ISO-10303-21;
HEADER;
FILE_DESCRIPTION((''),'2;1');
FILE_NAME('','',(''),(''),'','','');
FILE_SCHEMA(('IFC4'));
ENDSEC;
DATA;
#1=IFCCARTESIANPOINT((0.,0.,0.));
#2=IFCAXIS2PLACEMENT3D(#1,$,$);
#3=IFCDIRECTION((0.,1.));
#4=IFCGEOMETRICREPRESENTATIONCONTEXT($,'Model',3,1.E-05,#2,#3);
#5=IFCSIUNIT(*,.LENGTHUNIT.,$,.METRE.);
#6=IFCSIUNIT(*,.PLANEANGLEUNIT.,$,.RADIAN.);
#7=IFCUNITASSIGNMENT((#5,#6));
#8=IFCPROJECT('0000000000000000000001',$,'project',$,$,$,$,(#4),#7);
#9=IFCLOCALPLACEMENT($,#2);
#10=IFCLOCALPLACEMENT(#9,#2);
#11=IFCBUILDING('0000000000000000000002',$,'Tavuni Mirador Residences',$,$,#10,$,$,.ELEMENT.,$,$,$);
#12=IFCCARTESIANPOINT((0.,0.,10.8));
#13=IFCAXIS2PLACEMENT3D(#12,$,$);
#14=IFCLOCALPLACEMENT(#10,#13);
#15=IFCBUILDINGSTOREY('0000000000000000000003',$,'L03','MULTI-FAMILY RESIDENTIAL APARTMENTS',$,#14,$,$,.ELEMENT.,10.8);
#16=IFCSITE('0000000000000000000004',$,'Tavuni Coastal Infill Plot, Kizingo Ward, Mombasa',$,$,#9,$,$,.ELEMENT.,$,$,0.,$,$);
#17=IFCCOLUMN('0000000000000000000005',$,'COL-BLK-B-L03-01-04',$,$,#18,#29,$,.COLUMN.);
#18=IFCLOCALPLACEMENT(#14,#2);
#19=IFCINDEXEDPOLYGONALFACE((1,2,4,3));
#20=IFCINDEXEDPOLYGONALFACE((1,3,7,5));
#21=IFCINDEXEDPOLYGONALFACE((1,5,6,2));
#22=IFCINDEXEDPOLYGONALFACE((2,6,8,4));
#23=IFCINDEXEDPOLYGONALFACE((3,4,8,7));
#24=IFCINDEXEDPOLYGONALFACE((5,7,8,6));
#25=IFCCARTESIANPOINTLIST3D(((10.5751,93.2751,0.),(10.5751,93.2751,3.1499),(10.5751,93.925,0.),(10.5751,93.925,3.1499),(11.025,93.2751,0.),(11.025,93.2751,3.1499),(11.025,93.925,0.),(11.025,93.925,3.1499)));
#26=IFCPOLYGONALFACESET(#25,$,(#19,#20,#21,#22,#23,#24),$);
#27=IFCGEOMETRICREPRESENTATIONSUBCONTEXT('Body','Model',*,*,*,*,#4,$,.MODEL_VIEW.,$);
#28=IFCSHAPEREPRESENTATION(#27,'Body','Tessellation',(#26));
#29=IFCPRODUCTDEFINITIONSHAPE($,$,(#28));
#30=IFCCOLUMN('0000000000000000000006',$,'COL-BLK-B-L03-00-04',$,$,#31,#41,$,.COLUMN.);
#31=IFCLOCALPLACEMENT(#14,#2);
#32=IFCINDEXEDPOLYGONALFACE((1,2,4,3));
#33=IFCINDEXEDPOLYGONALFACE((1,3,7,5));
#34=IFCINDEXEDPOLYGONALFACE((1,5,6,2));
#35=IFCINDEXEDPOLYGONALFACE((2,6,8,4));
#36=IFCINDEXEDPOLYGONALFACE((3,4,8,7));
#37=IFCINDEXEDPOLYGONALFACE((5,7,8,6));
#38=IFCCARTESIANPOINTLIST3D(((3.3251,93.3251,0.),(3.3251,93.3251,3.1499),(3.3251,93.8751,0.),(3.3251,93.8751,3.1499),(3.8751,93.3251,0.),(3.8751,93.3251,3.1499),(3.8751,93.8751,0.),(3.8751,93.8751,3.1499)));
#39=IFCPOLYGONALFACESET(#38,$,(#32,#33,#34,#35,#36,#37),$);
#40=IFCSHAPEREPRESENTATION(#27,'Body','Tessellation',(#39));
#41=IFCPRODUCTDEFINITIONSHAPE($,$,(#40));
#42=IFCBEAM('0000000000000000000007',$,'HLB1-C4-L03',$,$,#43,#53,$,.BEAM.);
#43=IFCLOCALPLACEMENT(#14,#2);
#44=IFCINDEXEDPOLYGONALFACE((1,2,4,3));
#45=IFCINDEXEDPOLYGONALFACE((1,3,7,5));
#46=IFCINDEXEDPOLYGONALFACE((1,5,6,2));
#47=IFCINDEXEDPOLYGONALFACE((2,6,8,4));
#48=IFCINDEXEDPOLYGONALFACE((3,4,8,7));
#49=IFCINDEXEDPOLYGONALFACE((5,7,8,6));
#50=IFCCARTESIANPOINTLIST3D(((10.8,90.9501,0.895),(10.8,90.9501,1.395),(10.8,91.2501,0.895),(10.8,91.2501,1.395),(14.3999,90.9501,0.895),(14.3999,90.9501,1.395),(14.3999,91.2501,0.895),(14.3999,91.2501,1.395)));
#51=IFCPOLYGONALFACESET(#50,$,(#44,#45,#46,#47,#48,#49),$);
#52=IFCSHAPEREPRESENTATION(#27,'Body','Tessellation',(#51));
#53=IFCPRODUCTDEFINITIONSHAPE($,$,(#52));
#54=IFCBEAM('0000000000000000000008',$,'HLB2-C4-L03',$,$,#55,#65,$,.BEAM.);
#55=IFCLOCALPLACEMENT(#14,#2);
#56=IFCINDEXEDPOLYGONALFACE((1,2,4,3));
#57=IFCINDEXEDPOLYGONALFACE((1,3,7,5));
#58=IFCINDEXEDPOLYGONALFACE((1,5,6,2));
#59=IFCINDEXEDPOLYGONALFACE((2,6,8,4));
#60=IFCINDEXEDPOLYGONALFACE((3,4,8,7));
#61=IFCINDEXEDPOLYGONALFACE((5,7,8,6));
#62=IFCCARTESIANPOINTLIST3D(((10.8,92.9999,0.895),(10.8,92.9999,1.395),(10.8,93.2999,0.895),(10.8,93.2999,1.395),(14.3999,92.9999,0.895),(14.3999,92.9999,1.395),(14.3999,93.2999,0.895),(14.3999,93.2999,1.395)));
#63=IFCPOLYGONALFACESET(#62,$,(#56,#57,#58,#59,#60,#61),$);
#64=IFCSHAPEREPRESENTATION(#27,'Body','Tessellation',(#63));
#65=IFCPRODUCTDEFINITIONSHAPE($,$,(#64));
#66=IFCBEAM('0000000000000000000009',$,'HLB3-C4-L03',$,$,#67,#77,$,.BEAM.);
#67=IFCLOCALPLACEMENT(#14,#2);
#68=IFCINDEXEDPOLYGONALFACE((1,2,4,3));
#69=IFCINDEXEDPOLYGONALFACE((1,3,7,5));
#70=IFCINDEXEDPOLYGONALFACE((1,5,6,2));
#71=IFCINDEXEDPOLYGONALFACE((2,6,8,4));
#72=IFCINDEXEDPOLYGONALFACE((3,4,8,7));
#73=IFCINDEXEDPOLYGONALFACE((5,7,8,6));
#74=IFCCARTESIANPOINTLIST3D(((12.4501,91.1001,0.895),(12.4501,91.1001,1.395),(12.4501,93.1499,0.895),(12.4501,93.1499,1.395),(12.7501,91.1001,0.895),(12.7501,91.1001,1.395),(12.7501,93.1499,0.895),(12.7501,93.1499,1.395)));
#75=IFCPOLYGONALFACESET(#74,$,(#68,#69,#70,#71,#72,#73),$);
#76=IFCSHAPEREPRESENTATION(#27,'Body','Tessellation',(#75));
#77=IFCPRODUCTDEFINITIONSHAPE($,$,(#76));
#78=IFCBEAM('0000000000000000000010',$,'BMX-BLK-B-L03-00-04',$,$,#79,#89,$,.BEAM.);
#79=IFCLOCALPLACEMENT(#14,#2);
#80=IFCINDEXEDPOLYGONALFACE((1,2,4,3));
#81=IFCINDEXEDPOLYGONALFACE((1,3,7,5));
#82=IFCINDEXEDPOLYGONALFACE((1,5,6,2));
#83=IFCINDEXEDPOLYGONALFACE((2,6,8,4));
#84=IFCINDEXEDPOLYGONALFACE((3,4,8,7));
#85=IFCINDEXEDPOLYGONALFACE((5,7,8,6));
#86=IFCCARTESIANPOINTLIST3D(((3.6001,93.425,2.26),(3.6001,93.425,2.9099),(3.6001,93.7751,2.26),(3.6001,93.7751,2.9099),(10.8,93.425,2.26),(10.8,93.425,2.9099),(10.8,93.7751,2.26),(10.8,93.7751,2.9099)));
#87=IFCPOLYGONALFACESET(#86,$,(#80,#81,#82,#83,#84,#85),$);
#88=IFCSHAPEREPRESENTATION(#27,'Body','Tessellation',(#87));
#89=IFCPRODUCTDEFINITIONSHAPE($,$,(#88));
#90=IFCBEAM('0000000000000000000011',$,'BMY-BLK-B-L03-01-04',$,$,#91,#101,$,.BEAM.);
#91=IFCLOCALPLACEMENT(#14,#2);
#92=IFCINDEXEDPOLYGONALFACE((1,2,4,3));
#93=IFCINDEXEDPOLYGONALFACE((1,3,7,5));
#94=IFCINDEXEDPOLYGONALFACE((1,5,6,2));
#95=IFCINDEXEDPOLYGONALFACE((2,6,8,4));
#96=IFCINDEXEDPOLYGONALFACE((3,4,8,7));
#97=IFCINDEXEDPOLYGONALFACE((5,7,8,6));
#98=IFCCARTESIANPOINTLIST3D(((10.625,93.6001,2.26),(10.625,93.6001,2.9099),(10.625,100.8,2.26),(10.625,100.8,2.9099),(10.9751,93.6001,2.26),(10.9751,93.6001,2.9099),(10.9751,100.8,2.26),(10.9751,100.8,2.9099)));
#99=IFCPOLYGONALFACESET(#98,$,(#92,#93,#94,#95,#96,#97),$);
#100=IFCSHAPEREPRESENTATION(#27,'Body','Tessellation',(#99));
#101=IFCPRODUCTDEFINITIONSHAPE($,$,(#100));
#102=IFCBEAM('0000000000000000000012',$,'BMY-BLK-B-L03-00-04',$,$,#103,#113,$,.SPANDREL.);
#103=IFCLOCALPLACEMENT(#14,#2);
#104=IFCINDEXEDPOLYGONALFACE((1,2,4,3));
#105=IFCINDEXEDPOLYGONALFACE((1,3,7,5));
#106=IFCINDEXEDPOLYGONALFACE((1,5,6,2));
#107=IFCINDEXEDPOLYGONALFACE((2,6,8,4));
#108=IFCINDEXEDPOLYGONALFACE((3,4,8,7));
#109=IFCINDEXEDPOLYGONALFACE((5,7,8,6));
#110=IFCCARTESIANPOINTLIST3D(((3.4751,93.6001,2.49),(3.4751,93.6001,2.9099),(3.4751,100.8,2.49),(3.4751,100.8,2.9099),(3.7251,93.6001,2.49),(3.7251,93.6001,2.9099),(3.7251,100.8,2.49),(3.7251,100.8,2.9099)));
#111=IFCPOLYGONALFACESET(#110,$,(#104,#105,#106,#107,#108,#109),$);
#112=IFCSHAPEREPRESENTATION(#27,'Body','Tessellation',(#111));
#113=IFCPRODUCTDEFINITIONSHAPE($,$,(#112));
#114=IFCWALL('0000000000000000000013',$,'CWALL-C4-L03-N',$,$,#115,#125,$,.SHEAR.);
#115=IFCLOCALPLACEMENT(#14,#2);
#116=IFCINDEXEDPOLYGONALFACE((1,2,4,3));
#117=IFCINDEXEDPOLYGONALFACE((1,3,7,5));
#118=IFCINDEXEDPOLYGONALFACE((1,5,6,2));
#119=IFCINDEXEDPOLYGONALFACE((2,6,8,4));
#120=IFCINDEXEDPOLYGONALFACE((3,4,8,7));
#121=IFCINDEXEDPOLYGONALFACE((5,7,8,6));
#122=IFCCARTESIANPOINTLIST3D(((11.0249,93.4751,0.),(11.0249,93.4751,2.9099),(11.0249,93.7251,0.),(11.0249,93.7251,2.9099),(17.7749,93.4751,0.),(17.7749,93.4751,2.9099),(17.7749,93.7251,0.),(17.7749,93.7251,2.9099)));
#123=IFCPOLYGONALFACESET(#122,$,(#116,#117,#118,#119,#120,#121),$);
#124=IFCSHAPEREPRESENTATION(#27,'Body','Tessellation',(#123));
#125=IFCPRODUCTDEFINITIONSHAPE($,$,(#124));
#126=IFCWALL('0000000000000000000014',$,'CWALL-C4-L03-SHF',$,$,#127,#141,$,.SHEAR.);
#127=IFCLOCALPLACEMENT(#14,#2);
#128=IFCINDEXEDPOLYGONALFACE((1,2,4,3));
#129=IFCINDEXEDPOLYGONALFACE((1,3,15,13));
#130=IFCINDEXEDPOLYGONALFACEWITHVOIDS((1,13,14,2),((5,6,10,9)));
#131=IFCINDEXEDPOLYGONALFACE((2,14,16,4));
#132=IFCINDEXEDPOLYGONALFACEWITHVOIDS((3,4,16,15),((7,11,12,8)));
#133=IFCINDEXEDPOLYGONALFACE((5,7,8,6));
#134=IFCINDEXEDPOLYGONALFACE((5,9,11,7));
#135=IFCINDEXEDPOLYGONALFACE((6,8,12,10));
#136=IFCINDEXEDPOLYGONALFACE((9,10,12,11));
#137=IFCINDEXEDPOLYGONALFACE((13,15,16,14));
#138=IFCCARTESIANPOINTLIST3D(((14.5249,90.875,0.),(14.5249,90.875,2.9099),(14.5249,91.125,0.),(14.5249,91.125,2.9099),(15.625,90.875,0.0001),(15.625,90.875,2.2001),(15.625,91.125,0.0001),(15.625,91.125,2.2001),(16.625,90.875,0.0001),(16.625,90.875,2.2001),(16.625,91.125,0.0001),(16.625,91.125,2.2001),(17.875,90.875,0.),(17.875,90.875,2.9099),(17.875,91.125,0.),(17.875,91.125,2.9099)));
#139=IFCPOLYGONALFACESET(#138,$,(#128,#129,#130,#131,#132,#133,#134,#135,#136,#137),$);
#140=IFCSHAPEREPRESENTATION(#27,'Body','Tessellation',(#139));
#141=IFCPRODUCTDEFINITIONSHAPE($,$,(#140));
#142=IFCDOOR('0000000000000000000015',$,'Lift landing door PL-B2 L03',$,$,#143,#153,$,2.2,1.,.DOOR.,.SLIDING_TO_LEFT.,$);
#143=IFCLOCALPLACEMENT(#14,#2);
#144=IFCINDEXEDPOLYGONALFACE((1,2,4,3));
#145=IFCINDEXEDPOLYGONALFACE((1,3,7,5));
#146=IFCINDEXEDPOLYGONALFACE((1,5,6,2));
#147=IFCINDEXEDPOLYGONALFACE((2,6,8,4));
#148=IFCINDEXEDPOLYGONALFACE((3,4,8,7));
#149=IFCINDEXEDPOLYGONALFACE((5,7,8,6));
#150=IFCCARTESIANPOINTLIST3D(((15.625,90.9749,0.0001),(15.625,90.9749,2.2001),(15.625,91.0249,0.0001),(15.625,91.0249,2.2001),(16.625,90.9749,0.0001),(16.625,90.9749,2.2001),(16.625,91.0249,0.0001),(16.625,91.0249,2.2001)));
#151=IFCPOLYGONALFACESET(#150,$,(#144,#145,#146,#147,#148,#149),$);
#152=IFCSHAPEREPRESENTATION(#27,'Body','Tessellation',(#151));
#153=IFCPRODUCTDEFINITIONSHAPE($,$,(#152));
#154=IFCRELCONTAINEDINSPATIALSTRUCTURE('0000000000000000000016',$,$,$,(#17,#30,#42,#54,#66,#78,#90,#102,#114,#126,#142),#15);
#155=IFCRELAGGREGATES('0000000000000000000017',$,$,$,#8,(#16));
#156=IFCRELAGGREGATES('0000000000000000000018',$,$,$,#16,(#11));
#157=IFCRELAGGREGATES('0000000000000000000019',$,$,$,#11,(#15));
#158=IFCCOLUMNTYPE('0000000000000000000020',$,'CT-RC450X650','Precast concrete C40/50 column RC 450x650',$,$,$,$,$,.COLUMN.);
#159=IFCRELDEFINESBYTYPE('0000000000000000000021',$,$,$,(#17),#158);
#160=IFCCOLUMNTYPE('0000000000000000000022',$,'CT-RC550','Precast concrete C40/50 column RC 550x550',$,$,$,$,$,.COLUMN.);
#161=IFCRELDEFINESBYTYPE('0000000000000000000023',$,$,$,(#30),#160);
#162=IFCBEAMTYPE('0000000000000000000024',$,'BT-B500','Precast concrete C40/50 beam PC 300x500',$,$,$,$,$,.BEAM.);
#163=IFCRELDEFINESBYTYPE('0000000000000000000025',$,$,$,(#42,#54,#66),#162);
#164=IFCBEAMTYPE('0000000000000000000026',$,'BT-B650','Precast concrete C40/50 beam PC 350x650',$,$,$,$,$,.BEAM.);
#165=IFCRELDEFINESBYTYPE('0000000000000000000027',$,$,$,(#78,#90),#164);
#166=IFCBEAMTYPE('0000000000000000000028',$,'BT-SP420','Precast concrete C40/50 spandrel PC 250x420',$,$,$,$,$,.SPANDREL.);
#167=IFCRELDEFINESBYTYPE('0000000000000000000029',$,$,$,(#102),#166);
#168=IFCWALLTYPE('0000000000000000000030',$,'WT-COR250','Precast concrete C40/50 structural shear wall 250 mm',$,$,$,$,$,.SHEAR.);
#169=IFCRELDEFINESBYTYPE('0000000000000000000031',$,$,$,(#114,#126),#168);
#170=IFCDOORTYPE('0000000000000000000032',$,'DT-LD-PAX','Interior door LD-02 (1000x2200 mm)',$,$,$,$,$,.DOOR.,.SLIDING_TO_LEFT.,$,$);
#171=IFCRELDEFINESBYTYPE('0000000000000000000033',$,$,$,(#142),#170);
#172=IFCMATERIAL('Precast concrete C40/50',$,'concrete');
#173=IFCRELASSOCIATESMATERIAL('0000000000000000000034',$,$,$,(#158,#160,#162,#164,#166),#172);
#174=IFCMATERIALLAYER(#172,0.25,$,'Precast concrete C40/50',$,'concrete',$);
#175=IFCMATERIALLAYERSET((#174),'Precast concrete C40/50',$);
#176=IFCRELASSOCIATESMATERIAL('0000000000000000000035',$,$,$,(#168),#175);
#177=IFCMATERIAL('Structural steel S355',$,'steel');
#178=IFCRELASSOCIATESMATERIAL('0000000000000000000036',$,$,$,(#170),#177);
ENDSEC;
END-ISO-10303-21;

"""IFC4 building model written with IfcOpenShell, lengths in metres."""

from ifc_helpers import new_model, si_unit, direction, frame, frame_2d, origin, origin_2d, place, context, subcontext, project, spatial, rectangle, extrude, material, layer, layer_set, material_profile, profile_set, type_object, element, fill, save


model = new_model("IFC4")

# Units and contexts
model_context = context("Model", 3, precision=1e-05, world=origin(), true_north=direction((0.0, 1.0)))
body_context = subcontext(model_context, "Body", "Model", "MODEL_VIEW")
ifc_project = project(units=[si_unit("LENGTHUNIT", "METRE"), si_unit("PLANEANGLEUNIT", "RADIAN")], contexts=[model_context])

# Site, building, storey
site_placement = place(None, origin())
site = spatial("IfcSite", under=ifc_project, at=site_placement, Name="Tavuni Coastal Infill Plot, Kizingo Ward, Mombasa", CompositionType="ELEMENT", RefElevation=0.0)
building_placement = place(site_placement, origin())
building = spatial("IfcBuilding", under=site, at=building_placement, Name="Tavuni Mirador Residences", CompositionType="ELEMENT")
storey_placement = place(building_placement, frame((0.0, 0.0, 10.8)))
storey = spatial("IfcBuildingStorey", under=building, at=storey_placement, Name="L03", Description="MULTI-FAMILY RESIDENTIAL APARTMENTS", CompositionType="ELEMENT", Elevation=10.8)

# Columns
ifc_material_1 = material(Name="Precast concrete C40/50", Category="concrete")
ifc_material_profile_1 = material_profile(ifc_material_1, rectangle(XDim=0.45, YDim=0.6499, at=origin_2d()), Name="RC 450x650", Category="concrete")
ifc_profile_set_1 = profile_set([ifc_material_profile_1], Name="Precast concrete C40/50")
column_type_1 = type_object("IfcColumnType", Name="CT-RC450X650", Description="Precast concrete C40/50 column RC 450x650", PredefinedType="COLUMN", material=ifc_profile_set_1)
column_1_placement = place(storey_placement, frame((10.8, 93.6001, 0.0), z_axis=(0.0, 0.0, 1.0), x_axis=(1.0, 0.0, 0.0)))
element("IfcColumn", 1, at=column_1_placement, inside=storey, type_object=column_type_1, Name="COL-BLK-B-L03-01-04", PredefinedType="COLUMN", context=body_context, shape_type="SweptSolid", body=[
    extrude(rectangle(XDim=0.45, YDim=0.6499, at=origin_2d()), origin(), (0.0, 0.0, 1.0), 3.1499),
])
ifc_material_profile_2 = material_profile(ifc_material_1, rectangle(XDim=0.55, YDim=0.55, at=origin_2d()), Name="RC 550x550", Category="concrete")
ifc_profile_set_2 = profile_set([ifc_material_profile_2], Name="Precast concrete C40/50")
column_type_2 = type_object("IfcColumnType", Name="CT-RC550", Description="Precast concrete C40/50 column RC 550x550", PredefinedType="COLUMN", material=ifc_profile_set_2)
column_2_placement = place(storey_placement, frame((3.6001, 93.6001, 0.0), z_axis=(0.0, 0.0, 1.0), x_axis=(1.0, 0.0, 0.0)))
element("IfcColumn", 2, at=column_2_placement, inside=storey, type_object=column_type_2, Name="COL-BLK-B-L03-00-04", PredefinedType="COLUMN", context=body_context, shape_type="SweptSolid", body=[
    extrude(rectangle(XDim=0.55, YDim=0.55, at=origin_2d()), origin(), (0.0, 0.0, 1.0), 3.1499),
])

# Beams
ifc_material_profile_3 = material_profile(ifc_material_1, rectangle(XDim=0.3, YDim=0.5, at=origin_2d()), Name="PC 300x500", Category="concrete")
ifc_profile_set_3 = profile_set([ifc_material_profile_3], Name="Precast concrete C40/50")
beam_type_1 = type_object("IfcBeamType", Name="BT-B500", Description="Precast concrete C40/50 beam PC 300x500", PredefinedType="BEAM", material=ifc_profile_set_3)
for number, where, z_axis, x_axis, name in (
    (3, (10.8, 91.1001, 1.145), (1.0, 0.0, 0.0), (0.0, 1.0, 0.0), "HLB1-C4-L03"),
    (4, (10.8, 93.1499, 1.145), (1.0, 0.0, 0.0), (0.0, 1.0, 0.0), "HLB2-C4-L03"),
):
    element("IfcBeam", number, at=place(storey_placement, frame(where, z_axis=z_axis, x_axis=x_axis)), inside=storey, type_object=beam_type_1, Name=name, PredefinedType="BEAM", context=body_context, shape_type="SweptSolid", body=[
        extrude(rectangle(XDim=0.3, YDim=0.5, at=origin_2d()), origin(), (0.0, 0.0, 1.0), 3.5999),
    ])
beam_1_placement = place(storey_placement, frame((12.6001, 91.1001, 1.145), z_axis=(0.0, 1.0, 0.0), x_axis=(-1.0, 0.0, 0.0)))
element("IfcBeam", 5, at=beam_1_placement, inside=storey, type_object=beam_type_1, Name="HLB3-C4-L03", PredefinedType="BEAM", context=body_context, shape_type="SweptSolid", body=[
    extrude(rectangle(XDim=0.3, YDim=0.5, at=origin_2d()), origin(), (0.0, 0.0, 1.0), 2.0498),
])
ifc_material_profile_4 = material_profile(ifc_material_1, rectangle(XDim=0.3501, YDim=0.6499, at=origin_2d()), Name="PC 350x650", Category="concrete")
ifc_profile_set_4 = profile_set([ifc_material_profile_4], Name="Precast concrete C40/50")
beam_type_2 = type_object("IfcBeamType", Name="BT-B650", Description="Precast concrete C40/50 beam PC 350x650", PredefinedType="BEAM", material=ifc_profile_set_4)
for number, where, z_axis, x_axis, name in (
    (6, (3.6001, 93.6001, 2.585), (1.0, 0.0, 0.0), (0.0, 1.0, 0.0), "BMX-BLK-B-L03-00-04"),
    (7, (10.8, 93.6001, 2.585), (0.0, 1.0, 0.0), (-1.0, 0.0, 0.0), "BMY-BLK-B-L03-01-04"),
):
    element("IfcBeam", number, at=place(storey_placement, frame(where, z_axis=z_axis, x_axis=x_axis)), inside=storey, type_object=beam_type_2, Name=name, PredefinedType="BEAM", context=body_context, shape_type="SweptSolid", body=[
        extrude(rectangle(XDim=0.3501, YDim=0.6499, at=origin_2d()), origin(), (0.0, 0.0, 1.0), 7.2),
    ])
ifc_material_profile_5 = material_profile(ifc_material_1, rectangle(XDim=0.25, YDim=0.4199, at=origin_2d()), Name="PC 250x420", Category="concrete")
ifc_profile_set_5 = profile_set([ifc_material_profile_5], Name="Precast concrete C40/50")
beam_type_3 = type_object("IfcBeamType", Name="BT-SP420", Description="Precast concrete C40/50 spandrel PC 250x420", PredefinedType="SPANDREL", material=ifc_profile_set_5)
beam_2_placement = place(storey_placement, frame((3.6001, 93.6001, 2.7), z_axis=(0.0, 1.0, 0.0), x_axis=(-1.0, 0.0, 0.0)))
element("IfcBeam", 8, at=beam_2_placement, inside=storey, type_object=beam_type_3, Name="BMY-BLK-B-L03-00-04", PredefinedType="SPANDREL", context=body_context, shape_type="SweptSolid", body=[
    extrude(rectangle(XDim=0.25, YDim=0.4199, at=origin_2d()), origin(), (0.0, 0.0, 1.0), 7.2),
])

# Wall
ifc_layer_1 = layer(ifc_material_1, 0.25, Name="Precast concrete C40/50", Category="concrete")
ifc_layer_set_1 = layer_set([ifc_layer_1], Name="Precast concrete C40/50")
wall_type_1 = type_object("IfcWallType", Name="WT-COR250", Description="Precast concrete C40/50 structural shear wall 250 mm", PredefinedType="SHEAR", material=ifc_layer_set_1)
wall_1_placement = place(storey_placement, frame((11.0249, 93.6001, 0.0), z_axis=(0.0, 0.0, 1.0), x_axis=(1.0, 0.0, 0.0)))
element("IfcWall", 9, at=wall_1_placement, inside=storey, type_object=wall_type_1, Name="CWALL-C4-L03-N", PredefinedType="SHEAR", context=body_context, shape_type="SweptSolid", body=[
    extrude(rectangle(XDim=6.75, YDim=0.25, at=frame_2d((3.375, 0.0))), origin(), (0.0, 0.0, 1.0), 2.9099),
])

# Wall, opening, door
wall_2_placement = place(storey_placement, frame((14.5249, 91.0, 0.0), z_axis=(0.0, 0.0, 1.0), x_axis=(1.0, 0.0, 0.0)))
wall_2 = element("IfcWall", 10, at=wall_2_placement, inside=storey, type_object=wall_type_1, Name="CWALL-C4-L03-SHF", PredefinedType="SHEAR", context=body_context, shape_type="SweptSolid", body=[
    extrude(rectangle(XDim=3.3501, YDim=0.25, at=frame_2d((1.675, 0.0))), origin(), (0.0, 0.0, 1.0), 2.9099),
])
opening_1_placement = place(wall_2_placement, frame((1.1001, 0.0, 0.0)))
opening_1 = element("IfcOpeningElement", 11, at=opening_1_placement, cuts=wall_2, PredefinedType="OPENING", context=body_context, shape_type="SweptSolid", body=[
    extrude(rectangle(XDim=1.0, YDim=2.2, at=frame_2d((0.5, 1.1001))), frame((0.0, 0.135, 0.0), z_axis=(0.0, -1.0, 0.0), x_axis=(1.0, 0.0, 0.0)), (0.0, 0.0, 1.0), 0.27),
])
ifc_material_2 = material(Name="Structural steel S355", Category="steel")
door_type_1 = type_object("IfcDoorType", Name="DT-LD-PAX", Description="Interior door LD-02 (1000x2200 mm)", OperationType="SLIDING_TO_LEFT", PredefinedType="DOOR", material=ifc_material_2)
door_1_placement = place(opening_1_placement, origin())
door_1 = element("IfcDoor", 12, at=door_1_placement, inside=storey, type_object=door_type_1, Name="Lift landing door PL-B2 L03", OperationType="SLIDING_TO_LEFT", OverallHeight=2.2, OverallWidth=1.0, PredefinedType="DOOR", context=body_context, shape_type="SweptSolid", body=[
    extrude(rectangle(XDim=1.0, YDim=2.2, at=frame_2d((0.5, 1.1001))), frame((0.0, 0.0249, 0.0), z_axis=(0.0, -1.0, 0.0), x_axis=(1.0, 0.0, 0.0)), (0.0, 0.0, 1.0), 0.05),
])
fill(opening_1, door_1)

save(model, "model.ifc")
